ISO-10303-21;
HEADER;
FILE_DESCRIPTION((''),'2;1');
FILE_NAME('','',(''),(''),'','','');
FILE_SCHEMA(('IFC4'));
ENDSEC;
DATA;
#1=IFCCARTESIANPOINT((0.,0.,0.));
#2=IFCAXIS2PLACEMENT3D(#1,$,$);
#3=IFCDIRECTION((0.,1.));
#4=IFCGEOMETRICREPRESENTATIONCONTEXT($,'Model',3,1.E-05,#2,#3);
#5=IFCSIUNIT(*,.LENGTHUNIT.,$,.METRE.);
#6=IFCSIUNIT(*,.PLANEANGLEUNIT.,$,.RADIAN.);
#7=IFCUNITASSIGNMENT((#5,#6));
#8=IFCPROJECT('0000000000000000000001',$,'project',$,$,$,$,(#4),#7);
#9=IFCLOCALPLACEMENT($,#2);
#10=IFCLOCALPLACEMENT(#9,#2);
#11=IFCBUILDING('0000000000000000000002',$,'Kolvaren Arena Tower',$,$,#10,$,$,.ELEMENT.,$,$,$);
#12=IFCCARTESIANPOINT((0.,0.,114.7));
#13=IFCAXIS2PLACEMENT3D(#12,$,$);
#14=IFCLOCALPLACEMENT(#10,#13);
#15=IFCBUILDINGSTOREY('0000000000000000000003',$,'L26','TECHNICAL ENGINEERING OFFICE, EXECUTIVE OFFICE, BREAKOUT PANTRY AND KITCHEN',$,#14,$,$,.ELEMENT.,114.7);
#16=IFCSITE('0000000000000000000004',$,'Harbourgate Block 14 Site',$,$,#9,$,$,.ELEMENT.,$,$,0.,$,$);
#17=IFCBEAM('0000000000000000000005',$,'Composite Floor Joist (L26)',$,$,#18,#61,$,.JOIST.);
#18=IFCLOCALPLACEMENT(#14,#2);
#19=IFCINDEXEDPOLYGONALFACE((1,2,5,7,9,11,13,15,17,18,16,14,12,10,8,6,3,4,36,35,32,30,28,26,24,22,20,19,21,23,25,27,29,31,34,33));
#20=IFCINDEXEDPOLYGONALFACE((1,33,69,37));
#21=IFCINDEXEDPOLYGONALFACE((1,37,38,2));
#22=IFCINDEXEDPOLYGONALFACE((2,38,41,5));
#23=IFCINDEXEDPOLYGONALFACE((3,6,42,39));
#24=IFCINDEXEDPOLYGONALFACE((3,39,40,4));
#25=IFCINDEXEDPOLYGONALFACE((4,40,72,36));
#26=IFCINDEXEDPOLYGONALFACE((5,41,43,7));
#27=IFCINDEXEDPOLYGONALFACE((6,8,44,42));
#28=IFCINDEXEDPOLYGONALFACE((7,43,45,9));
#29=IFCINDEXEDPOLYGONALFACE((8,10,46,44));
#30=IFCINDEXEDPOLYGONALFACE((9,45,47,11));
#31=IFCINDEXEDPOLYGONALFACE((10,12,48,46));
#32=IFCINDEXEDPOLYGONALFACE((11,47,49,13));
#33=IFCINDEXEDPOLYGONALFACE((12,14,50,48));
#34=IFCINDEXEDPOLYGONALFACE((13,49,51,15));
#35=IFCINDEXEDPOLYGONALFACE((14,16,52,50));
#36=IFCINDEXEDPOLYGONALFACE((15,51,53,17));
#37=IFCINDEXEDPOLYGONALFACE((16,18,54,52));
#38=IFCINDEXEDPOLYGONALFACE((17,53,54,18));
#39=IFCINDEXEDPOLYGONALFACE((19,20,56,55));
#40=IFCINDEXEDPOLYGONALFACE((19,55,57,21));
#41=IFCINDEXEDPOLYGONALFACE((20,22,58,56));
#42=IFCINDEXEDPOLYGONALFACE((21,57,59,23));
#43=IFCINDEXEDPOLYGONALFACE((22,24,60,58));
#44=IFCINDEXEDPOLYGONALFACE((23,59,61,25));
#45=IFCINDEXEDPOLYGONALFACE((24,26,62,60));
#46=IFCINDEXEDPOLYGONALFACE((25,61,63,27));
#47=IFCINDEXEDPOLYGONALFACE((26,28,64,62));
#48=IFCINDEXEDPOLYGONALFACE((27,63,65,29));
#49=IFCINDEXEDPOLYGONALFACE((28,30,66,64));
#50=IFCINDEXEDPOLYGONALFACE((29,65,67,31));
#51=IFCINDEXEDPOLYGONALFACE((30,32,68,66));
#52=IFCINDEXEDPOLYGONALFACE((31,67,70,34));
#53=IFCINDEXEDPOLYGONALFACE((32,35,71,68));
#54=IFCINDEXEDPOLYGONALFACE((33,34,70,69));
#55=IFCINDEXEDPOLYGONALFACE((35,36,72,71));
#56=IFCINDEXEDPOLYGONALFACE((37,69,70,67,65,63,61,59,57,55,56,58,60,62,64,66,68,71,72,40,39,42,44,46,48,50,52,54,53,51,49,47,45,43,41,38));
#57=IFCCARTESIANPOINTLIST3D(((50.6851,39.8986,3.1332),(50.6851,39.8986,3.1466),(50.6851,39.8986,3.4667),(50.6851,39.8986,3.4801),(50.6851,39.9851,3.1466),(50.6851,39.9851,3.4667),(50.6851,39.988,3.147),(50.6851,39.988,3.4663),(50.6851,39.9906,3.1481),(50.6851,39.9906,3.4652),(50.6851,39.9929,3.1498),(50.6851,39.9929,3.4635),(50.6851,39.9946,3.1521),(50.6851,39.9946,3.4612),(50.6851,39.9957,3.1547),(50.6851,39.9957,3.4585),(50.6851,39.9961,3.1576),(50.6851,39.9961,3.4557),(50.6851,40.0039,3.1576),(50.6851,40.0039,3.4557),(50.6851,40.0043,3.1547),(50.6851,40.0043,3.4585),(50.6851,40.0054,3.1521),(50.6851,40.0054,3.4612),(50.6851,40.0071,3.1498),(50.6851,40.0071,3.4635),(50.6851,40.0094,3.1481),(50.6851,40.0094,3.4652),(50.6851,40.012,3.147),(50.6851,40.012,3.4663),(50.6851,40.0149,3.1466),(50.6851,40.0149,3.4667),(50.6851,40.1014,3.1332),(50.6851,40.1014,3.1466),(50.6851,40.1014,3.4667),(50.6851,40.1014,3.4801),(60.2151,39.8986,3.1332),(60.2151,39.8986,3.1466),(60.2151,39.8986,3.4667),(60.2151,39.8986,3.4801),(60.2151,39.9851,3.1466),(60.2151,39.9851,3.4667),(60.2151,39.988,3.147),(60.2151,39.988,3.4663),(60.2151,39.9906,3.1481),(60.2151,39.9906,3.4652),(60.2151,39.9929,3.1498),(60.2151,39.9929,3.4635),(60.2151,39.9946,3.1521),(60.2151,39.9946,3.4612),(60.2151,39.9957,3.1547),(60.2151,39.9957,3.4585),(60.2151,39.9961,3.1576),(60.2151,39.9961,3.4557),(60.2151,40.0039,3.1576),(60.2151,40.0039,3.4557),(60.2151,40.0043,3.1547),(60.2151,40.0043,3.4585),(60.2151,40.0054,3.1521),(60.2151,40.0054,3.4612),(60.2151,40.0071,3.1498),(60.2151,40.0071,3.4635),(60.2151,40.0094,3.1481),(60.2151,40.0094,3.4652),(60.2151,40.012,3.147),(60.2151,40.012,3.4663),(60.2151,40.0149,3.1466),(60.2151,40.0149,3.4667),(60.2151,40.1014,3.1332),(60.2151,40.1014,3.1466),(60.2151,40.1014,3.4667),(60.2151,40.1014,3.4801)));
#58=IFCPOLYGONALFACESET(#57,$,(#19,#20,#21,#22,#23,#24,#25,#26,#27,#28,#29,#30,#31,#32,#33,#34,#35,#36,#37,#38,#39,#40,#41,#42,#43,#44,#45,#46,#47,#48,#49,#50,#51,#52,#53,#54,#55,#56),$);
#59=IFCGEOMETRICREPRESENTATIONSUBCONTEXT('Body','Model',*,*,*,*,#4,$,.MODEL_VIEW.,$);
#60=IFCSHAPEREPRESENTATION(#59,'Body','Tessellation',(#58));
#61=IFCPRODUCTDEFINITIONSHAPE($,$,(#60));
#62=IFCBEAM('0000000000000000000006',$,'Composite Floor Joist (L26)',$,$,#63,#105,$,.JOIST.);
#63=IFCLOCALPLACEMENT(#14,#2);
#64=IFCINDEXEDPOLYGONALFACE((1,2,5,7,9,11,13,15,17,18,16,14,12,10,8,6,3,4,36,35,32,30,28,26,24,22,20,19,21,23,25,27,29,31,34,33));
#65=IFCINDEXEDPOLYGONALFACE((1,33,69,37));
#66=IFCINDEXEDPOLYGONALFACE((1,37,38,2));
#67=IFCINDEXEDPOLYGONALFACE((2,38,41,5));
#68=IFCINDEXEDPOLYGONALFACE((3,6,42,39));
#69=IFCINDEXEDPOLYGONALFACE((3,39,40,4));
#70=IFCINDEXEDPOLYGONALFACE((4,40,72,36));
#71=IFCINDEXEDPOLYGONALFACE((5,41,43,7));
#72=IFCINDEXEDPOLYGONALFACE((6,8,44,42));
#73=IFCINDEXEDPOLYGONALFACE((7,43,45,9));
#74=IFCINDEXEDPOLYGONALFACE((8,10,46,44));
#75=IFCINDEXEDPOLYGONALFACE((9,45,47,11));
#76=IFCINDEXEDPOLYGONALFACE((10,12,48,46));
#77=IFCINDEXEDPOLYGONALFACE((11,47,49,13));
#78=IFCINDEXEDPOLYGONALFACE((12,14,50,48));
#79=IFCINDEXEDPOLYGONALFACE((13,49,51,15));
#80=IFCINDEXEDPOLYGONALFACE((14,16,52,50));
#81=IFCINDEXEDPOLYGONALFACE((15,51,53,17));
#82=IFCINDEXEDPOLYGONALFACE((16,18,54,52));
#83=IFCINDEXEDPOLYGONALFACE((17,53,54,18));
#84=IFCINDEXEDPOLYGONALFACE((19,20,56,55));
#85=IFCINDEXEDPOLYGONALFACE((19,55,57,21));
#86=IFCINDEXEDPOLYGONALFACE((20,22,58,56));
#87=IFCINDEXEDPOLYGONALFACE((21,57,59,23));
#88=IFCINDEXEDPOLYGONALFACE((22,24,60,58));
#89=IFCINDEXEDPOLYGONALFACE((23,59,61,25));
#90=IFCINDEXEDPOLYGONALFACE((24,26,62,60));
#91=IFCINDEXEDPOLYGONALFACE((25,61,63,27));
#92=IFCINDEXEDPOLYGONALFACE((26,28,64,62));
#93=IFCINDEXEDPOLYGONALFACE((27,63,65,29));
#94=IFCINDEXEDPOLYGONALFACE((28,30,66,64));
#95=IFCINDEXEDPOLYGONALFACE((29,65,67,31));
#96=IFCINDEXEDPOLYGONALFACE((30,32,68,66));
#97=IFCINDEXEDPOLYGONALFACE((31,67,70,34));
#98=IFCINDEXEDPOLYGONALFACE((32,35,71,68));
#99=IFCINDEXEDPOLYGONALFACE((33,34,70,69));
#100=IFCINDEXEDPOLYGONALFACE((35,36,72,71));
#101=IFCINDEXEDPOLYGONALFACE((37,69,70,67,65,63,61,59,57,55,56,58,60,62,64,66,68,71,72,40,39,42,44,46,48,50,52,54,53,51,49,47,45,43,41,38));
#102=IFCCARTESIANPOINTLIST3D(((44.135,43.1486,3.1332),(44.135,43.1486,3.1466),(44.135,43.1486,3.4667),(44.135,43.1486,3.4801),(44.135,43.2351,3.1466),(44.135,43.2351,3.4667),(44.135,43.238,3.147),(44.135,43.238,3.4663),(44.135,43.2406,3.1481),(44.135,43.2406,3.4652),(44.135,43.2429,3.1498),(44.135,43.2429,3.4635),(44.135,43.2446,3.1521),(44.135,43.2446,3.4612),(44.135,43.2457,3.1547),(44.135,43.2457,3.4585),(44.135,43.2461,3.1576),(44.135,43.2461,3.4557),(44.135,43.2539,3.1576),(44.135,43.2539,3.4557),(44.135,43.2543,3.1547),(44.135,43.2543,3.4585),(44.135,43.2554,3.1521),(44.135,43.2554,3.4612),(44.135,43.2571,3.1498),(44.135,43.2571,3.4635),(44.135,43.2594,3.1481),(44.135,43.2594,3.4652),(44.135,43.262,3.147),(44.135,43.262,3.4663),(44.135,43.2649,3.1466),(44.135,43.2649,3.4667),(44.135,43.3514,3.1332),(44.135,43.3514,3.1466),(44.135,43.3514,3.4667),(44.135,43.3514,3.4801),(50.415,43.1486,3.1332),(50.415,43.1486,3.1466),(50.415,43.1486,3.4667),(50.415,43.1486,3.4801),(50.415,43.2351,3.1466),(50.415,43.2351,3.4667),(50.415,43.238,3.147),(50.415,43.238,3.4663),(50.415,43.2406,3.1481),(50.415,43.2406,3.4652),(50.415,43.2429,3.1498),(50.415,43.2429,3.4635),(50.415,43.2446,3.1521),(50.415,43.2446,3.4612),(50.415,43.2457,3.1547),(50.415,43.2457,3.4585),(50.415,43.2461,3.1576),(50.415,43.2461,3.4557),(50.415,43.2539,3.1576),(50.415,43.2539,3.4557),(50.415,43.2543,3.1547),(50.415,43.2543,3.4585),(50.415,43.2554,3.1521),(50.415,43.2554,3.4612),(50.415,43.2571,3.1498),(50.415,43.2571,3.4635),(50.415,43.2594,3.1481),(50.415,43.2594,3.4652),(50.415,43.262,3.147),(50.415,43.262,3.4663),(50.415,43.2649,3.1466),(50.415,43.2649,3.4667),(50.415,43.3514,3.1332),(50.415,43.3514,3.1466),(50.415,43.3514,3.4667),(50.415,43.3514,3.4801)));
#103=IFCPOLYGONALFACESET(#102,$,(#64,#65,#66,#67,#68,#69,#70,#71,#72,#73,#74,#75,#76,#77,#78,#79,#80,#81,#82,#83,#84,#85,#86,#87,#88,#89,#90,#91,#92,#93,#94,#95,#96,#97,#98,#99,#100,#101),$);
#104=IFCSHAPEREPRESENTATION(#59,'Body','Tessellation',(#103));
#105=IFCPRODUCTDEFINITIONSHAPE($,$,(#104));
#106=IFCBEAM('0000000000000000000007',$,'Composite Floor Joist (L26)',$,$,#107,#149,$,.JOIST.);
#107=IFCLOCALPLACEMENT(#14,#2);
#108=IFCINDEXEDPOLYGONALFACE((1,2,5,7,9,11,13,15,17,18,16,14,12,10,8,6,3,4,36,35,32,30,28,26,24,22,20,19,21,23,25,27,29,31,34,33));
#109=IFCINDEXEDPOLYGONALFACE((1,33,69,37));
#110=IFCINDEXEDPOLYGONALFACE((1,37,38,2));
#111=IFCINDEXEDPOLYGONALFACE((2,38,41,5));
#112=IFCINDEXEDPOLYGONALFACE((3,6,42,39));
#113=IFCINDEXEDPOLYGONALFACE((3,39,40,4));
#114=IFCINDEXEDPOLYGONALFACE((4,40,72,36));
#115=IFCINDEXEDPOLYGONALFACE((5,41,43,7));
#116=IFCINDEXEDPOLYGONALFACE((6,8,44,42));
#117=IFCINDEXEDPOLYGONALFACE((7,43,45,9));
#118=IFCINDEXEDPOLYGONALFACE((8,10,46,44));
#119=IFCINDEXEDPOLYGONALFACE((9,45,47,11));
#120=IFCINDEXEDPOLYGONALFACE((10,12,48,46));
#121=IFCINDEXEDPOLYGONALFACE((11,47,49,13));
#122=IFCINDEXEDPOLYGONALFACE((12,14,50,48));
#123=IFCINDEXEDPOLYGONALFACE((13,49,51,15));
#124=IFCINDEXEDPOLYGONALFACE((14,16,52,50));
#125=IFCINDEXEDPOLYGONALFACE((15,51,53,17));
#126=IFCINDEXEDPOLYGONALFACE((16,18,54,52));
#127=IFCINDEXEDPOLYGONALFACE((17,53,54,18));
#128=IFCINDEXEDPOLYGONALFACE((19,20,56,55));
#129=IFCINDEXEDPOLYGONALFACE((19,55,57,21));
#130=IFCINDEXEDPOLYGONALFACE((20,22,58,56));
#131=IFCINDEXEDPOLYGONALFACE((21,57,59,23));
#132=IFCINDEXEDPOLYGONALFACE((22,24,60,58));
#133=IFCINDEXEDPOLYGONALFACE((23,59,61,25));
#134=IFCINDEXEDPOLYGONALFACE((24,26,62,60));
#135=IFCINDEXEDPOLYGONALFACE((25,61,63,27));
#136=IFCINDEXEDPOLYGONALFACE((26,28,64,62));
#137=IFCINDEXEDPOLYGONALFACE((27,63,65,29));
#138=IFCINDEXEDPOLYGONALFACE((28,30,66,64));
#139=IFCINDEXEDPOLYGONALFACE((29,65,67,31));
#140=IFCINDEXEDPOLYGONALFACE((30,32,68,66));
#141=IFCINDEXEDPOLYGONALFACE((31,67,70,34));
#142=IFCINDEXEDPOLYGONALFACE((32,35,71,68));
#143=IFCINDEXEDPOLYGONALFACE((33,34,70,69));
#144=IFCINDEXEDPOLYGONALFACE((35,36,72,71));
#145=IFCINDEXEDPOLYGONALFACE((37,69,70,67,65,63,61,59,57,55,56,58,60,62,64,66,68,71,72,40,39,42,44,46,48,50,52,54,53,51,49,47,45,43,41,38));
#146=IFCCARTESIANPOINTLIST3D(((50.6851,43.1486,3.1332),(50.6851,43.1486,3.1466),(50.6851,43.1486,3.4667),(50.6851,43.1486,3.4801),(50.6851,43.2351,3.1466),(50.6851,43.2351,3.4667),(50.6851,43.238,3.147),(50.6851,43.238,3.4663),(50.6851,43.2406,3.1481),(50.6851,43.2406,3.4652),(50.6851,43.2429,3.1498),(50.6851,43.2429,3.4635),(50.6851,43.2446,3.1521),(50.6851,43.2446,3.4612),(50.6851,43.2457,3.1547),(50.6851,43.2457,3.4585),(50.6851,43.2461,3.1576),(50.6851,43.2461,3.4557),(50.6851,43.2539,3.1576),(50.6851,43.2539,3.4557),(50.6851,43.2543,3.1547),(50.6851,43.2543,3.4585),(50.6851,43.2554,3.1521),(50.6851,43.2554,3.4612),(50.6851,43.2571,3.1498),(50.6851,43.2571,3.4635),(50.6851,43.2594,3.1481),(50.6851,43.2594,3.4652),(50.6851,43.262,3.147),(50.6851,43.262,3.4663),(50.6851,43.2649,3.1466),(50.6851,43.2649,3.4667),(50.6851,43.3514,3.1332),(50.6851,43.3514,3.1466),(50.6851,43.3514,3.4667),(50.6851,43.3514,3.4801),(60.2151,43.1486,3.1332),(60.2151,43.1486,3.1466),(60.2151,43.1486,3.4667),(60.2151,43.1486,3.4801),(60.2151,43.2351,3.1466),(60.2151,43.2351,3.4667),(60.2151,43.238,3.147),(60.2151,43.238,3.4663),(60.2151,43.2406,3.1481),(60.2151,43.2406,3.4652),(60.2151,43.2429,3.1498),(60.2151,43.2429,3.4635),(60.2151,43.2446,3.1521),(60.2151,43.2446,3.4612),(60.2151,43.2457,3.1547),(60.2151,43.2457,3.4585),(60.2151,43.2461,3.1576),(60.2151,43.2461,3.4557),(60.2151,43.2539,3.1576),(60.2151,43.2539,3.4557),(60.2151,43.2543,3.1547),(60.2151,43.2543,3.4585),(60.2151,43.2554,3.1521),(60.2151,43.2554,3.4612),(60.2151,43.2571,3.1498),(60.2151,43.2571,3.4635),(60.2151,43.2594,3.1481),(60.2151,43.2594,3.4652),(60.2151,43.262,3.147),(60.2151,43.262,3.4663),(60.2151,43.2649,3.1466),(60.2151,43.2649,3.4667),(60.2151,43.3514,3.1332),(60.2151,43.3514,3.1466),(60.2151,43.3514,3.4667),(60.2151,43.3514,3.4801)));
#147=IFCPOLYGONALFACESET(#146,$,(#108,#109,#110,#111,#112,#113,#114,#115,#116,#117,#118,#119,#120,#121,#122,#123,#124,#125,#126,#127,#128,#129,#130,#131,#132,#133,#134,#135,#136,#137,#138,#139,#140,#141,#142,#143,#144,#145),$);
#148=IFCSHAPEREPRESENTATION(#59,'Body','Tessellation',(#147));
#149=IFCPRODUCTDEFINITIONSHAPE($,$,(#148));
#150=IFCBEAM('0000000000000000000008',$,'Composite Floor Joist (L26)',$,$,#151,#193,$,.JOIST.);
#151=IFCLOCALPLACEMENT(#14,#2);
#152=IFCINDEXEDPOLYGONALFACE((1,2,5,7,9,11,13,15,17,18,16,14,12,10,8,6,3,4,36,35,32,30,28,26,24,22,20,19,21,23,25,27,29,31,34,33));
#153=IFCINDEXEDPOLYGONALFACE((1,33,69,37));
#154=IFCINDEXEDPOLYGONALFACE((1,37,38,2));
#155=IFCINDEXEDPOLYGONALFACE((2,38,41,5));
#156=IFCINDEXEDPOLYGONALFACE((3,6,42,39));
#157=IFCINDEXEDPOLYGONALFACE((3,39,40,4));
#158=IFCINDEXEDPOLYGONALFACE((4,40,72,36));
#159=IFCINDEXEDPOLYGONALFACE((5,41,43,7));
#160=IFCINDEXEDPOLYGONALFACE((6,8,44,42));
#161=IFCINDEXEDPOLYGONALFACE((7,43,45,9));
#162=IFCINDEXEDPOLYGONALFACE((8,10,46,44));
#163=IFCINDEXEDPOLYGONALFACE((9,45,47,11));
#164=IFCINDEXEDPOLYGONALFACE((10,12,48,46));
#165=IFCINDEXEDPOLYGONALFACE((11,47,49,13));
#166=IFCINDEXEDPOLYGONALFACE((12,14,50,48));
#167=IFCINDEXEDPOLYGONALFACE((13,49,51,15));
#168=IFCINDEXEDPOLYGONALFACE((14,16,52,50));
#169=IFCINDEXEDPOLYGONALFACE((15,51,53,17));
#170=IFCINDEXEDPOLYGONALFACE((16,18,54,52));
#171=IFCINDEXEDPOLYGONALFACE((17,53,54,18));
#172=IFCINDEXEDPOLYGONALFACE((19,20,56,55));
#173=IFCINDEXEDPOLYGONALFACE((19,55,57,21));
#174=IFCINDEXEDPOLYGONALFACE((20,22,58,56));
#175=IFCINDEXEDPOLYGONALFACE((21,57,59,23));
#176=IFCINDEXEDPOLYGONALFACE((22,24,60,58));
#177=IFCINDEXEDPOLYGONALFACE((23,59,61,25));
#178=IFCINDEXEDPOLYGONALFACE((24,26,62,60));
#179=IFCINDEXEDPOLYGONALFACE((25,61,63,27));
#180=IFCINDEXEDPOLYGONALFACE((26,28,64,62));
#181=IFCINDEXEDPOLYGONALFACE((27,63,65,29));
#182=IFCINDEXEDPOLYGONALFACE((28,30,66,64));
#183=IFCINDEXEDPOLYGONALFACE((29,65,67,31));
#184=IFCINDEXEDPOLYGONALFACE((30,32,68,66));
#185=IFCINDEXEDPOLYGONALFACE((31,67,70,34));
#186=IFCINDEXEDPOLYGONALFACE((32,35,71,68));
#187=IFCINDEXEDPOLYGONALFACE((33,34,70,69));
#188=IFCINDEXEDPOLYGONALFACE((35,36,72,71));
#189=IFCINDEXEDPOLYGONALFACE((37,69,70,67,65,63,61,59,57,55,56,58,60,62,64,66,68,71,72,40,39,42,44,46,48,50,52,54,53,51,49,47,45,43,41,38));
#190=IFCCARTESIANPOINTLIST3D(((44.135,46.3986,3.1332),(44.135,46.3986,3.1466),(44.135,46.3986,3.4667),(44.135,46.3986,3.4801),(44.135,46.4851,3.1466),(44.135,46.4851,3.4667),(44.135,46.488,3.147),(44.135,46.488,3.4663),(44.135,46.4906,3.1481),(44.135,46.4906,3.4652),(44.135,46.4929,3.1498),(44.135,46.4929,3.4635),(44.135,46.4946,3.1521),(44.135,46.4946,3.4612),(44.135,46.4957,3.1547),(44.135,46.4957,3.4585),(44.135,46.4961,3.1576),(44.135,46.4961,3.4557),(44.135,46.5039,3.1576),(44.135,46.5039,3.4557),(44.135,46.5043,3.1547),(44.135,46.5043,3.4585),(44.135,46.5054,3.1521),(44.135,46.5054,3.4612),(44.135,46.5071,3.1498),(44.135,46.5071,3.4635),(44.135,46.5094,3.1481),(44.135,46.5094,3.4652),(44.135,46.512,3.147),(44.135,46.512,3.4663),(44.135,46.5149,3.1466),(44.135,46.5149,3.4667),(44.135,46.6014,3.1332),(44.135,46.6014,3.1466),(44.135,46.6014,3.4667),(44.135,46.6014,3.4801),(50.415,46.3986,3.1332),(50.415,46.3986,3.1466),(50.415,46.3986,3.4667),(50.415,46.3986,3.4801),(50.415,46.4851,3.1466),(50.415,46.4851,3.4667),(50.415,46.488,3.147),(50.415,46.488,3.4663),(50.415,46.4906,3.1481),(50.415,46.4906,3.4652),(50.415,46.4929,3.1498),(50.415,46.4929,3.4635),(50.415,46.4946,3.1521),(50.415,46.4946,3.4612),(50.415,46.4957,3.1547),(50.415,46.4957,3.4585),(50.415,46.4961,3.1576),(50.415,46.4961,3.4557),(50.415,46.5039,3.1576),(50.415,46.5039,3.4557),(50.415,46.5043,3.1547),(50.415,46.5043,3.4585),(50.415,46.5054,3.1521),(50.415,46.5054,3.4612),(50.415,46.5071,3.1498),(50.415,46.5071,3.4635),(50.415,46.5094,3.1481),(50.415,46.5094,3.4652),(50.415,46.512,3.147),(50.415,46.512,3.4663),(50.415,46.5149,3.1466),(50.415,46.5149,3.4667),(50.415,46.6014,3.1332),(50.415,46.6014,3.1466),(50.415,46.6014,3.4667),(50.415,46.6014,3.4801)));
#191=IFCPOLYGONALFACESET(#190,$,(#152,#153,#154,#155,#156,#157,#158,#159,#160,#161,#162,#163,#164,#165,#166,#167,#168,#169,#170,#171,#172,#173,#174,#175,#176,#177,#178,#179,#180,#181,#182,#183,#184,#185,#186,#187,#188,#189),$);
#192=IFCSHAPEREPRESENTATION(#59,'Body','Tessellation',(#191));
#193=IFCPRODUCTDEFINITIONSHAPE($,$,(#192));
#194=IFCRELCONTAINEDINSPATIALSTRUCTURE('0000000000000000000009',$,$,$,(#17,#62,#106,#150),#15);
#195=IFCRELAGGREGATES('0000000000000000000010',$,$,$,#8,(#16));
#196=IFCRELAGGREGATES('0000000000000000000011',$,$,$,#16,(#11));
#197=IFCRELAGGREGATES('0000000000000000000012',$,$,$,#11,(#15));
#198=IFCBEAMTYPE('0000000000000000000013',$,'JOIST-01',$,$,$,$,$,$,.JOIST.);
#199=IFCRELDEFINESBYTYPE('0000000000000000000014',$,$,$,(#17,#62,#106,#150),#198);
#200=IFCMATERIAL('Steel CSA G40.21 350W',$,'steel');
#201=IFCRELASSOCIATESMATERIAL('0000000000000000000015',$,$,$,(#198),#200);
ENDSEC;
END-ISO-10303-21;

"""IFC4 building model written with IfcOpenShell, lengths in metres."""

from ifc_helpers import new_model, si_unit, direction, frame, origin, origin_2d, place, context, subcontext, project, spatial, i_section, extrude, material, material_profile, profile_set, type_object, element, save


model = new_model("IFC4")

# Units and contexts
model_context = context("Model", 3, precision=1e-05, world=origin(), true_north=direction((0.0, 1.0)))
body_context = subcontext(model_context, "Body", "Model", "MODEL_VIEW")
ifc_project = project(units=[si_unit("LENGTHUNIT", "METRE"), si_unit("PLANEANGLEUNIT", "RADIAN")], contexts=[model_context])

# Site, building, storey
site_placement = place(None, origin())
site = spatial("IfcSite", under=ifc_project, at=site_placement, Name="Harbourgate Block 14 Site", CompositionType="ELEMENT", RefElevation=0.0)
building_placement = place(site_placement, origin())
building = spatial("IfcBuilding", under=site, at=building_placement, Name="Kolvaren Arena Tower", CompositionType="ELEMENT")
storey_placement = place(building_placement, frame((0.0, 0.0, 114.7)))
storey = spatial("IfcBuildingStorey", under=building, at=storey_placement, Name="L26", Description="TECHNICAL ENGINEERING OFFICE, EXECUTIVE OFFICE, BREAKOUT PANTRY AND KITCHEN", CompositionType="ELEMENT", Elevation=114.7)

# Beams
ifc_material_1 = material(Name="Steel CSA G40.21 350W", Category="steel")
ifc_material_profile_1 = material_profile(ifc_material_1, i_section(OverallWidth=0.2029, OverallDepth=0.3469, WebThickness=0.0078, FlangeThickness=0.0134, FilletRadius=0.011, at=origin_2d()), Name="W360x64")
ifc_profile_set_1 = profile_set([ifc_material_profile_1], Name="Steel CSA G40.21 350W")
beam_type_1 = type_object("IfcBeamType", Name="JOIST-01", PredefinedType="JOIST", material=ifc_profile_set_1)
beam_1_placement = place(storey_placement, frame((50.6851, 40.0, 3.3066), z_axis=(1.0, 0.0, 0.0), x_axis=(0.0, 1.0, 0.0)))
element("IfcBeam", 1, at=beam_1_placement, inside=storey, type_object=beam_type_1, Name="Composite Floor Joist (L26)", PredefinedType="JOIST", context=body_context, shape_type="SweptSolid", body=[
    extrude(i_section(OverallWidth=0.2029, OverallDepth=0.3469, WebThickness=0.0078, FlangeThickness=0.0134, FilletRadius=0.011, at=origin_2d()), origin(), (0.0, 0.0, 1.0), 9.53),
])
beam_2_placement = place(storey_placement, frame((44.135, 43.25, 3.3066), z_axis=(1.0, 0.0, 0.0), x_axis=(0.0, 1.0, 0.0)))
element("IfcBeam", 2, at=beam_2_placement, inside=storey, type_object=beam_type_1, Name="Composite Floor Joist (L26)", PredefinedType="JOIST", context=body_context, shape_type="SweptSolid", body=[
    extrude(i_section(OverallWidth=0.2029, OverallDepth=0.3469, WebThickness=0.0078, FlangeThickness=0.0134, FilletRadius=0.011, at=origin_2d()), origin(), (0.0, 0.0, 1.0), 6.28),
])
beam_3_placement = place(storey_placement, frame((50.6851, 43.25, 3.3066), z_axis=(1.0, 0.0, 0.0), x_axis=(0.0, 1.0, 0.0)))
element("IfcBeam", 3, at=beam_3_placement, inside=storey, type_object=beam_type_1, Name="Composite Floor Joist (L26)", PredefinedType="JOIST", context=body_context, shape_type="SweptSolid", body=[
    extrude(i_section(OverallWidth=0.2029, OverallDepth=0.3469, WebThickness=0.0078, FlangeThickness=0.0134, FilletRadius=0.011, at=origin_2d()), origin(), (0.0, 0.0, 1.0), 9.53),
])
for number, where, z_axis, x_axis, name in (
    (4, (44.135, 46.5, 3.3066), (1.0, 0.0, 0.0), (0.0, 1.0, 0.0), "Composite Floor Joist (L26)"),
):
    element("IfcBeam", number, at=place(storey_placement, frame(where, z_axis=z_axis, x_axis=x_axis)), inside=storey, type_object=beam_type_1, Name=name, PredefinedType="JOIST", context=body_context, shape_type="SweptSolid", body=[
        extrude(i_section(OverallWidth=0.2029, OverallDepth=0.3469, WebThickness=0.0078, FlangeThickness=0.0134, FilletRadius=0.011, at=origin_2d()), origin(), (0.0, 0.0, 1.0), 6.28),
    ])

save(model, "model.ifc")
